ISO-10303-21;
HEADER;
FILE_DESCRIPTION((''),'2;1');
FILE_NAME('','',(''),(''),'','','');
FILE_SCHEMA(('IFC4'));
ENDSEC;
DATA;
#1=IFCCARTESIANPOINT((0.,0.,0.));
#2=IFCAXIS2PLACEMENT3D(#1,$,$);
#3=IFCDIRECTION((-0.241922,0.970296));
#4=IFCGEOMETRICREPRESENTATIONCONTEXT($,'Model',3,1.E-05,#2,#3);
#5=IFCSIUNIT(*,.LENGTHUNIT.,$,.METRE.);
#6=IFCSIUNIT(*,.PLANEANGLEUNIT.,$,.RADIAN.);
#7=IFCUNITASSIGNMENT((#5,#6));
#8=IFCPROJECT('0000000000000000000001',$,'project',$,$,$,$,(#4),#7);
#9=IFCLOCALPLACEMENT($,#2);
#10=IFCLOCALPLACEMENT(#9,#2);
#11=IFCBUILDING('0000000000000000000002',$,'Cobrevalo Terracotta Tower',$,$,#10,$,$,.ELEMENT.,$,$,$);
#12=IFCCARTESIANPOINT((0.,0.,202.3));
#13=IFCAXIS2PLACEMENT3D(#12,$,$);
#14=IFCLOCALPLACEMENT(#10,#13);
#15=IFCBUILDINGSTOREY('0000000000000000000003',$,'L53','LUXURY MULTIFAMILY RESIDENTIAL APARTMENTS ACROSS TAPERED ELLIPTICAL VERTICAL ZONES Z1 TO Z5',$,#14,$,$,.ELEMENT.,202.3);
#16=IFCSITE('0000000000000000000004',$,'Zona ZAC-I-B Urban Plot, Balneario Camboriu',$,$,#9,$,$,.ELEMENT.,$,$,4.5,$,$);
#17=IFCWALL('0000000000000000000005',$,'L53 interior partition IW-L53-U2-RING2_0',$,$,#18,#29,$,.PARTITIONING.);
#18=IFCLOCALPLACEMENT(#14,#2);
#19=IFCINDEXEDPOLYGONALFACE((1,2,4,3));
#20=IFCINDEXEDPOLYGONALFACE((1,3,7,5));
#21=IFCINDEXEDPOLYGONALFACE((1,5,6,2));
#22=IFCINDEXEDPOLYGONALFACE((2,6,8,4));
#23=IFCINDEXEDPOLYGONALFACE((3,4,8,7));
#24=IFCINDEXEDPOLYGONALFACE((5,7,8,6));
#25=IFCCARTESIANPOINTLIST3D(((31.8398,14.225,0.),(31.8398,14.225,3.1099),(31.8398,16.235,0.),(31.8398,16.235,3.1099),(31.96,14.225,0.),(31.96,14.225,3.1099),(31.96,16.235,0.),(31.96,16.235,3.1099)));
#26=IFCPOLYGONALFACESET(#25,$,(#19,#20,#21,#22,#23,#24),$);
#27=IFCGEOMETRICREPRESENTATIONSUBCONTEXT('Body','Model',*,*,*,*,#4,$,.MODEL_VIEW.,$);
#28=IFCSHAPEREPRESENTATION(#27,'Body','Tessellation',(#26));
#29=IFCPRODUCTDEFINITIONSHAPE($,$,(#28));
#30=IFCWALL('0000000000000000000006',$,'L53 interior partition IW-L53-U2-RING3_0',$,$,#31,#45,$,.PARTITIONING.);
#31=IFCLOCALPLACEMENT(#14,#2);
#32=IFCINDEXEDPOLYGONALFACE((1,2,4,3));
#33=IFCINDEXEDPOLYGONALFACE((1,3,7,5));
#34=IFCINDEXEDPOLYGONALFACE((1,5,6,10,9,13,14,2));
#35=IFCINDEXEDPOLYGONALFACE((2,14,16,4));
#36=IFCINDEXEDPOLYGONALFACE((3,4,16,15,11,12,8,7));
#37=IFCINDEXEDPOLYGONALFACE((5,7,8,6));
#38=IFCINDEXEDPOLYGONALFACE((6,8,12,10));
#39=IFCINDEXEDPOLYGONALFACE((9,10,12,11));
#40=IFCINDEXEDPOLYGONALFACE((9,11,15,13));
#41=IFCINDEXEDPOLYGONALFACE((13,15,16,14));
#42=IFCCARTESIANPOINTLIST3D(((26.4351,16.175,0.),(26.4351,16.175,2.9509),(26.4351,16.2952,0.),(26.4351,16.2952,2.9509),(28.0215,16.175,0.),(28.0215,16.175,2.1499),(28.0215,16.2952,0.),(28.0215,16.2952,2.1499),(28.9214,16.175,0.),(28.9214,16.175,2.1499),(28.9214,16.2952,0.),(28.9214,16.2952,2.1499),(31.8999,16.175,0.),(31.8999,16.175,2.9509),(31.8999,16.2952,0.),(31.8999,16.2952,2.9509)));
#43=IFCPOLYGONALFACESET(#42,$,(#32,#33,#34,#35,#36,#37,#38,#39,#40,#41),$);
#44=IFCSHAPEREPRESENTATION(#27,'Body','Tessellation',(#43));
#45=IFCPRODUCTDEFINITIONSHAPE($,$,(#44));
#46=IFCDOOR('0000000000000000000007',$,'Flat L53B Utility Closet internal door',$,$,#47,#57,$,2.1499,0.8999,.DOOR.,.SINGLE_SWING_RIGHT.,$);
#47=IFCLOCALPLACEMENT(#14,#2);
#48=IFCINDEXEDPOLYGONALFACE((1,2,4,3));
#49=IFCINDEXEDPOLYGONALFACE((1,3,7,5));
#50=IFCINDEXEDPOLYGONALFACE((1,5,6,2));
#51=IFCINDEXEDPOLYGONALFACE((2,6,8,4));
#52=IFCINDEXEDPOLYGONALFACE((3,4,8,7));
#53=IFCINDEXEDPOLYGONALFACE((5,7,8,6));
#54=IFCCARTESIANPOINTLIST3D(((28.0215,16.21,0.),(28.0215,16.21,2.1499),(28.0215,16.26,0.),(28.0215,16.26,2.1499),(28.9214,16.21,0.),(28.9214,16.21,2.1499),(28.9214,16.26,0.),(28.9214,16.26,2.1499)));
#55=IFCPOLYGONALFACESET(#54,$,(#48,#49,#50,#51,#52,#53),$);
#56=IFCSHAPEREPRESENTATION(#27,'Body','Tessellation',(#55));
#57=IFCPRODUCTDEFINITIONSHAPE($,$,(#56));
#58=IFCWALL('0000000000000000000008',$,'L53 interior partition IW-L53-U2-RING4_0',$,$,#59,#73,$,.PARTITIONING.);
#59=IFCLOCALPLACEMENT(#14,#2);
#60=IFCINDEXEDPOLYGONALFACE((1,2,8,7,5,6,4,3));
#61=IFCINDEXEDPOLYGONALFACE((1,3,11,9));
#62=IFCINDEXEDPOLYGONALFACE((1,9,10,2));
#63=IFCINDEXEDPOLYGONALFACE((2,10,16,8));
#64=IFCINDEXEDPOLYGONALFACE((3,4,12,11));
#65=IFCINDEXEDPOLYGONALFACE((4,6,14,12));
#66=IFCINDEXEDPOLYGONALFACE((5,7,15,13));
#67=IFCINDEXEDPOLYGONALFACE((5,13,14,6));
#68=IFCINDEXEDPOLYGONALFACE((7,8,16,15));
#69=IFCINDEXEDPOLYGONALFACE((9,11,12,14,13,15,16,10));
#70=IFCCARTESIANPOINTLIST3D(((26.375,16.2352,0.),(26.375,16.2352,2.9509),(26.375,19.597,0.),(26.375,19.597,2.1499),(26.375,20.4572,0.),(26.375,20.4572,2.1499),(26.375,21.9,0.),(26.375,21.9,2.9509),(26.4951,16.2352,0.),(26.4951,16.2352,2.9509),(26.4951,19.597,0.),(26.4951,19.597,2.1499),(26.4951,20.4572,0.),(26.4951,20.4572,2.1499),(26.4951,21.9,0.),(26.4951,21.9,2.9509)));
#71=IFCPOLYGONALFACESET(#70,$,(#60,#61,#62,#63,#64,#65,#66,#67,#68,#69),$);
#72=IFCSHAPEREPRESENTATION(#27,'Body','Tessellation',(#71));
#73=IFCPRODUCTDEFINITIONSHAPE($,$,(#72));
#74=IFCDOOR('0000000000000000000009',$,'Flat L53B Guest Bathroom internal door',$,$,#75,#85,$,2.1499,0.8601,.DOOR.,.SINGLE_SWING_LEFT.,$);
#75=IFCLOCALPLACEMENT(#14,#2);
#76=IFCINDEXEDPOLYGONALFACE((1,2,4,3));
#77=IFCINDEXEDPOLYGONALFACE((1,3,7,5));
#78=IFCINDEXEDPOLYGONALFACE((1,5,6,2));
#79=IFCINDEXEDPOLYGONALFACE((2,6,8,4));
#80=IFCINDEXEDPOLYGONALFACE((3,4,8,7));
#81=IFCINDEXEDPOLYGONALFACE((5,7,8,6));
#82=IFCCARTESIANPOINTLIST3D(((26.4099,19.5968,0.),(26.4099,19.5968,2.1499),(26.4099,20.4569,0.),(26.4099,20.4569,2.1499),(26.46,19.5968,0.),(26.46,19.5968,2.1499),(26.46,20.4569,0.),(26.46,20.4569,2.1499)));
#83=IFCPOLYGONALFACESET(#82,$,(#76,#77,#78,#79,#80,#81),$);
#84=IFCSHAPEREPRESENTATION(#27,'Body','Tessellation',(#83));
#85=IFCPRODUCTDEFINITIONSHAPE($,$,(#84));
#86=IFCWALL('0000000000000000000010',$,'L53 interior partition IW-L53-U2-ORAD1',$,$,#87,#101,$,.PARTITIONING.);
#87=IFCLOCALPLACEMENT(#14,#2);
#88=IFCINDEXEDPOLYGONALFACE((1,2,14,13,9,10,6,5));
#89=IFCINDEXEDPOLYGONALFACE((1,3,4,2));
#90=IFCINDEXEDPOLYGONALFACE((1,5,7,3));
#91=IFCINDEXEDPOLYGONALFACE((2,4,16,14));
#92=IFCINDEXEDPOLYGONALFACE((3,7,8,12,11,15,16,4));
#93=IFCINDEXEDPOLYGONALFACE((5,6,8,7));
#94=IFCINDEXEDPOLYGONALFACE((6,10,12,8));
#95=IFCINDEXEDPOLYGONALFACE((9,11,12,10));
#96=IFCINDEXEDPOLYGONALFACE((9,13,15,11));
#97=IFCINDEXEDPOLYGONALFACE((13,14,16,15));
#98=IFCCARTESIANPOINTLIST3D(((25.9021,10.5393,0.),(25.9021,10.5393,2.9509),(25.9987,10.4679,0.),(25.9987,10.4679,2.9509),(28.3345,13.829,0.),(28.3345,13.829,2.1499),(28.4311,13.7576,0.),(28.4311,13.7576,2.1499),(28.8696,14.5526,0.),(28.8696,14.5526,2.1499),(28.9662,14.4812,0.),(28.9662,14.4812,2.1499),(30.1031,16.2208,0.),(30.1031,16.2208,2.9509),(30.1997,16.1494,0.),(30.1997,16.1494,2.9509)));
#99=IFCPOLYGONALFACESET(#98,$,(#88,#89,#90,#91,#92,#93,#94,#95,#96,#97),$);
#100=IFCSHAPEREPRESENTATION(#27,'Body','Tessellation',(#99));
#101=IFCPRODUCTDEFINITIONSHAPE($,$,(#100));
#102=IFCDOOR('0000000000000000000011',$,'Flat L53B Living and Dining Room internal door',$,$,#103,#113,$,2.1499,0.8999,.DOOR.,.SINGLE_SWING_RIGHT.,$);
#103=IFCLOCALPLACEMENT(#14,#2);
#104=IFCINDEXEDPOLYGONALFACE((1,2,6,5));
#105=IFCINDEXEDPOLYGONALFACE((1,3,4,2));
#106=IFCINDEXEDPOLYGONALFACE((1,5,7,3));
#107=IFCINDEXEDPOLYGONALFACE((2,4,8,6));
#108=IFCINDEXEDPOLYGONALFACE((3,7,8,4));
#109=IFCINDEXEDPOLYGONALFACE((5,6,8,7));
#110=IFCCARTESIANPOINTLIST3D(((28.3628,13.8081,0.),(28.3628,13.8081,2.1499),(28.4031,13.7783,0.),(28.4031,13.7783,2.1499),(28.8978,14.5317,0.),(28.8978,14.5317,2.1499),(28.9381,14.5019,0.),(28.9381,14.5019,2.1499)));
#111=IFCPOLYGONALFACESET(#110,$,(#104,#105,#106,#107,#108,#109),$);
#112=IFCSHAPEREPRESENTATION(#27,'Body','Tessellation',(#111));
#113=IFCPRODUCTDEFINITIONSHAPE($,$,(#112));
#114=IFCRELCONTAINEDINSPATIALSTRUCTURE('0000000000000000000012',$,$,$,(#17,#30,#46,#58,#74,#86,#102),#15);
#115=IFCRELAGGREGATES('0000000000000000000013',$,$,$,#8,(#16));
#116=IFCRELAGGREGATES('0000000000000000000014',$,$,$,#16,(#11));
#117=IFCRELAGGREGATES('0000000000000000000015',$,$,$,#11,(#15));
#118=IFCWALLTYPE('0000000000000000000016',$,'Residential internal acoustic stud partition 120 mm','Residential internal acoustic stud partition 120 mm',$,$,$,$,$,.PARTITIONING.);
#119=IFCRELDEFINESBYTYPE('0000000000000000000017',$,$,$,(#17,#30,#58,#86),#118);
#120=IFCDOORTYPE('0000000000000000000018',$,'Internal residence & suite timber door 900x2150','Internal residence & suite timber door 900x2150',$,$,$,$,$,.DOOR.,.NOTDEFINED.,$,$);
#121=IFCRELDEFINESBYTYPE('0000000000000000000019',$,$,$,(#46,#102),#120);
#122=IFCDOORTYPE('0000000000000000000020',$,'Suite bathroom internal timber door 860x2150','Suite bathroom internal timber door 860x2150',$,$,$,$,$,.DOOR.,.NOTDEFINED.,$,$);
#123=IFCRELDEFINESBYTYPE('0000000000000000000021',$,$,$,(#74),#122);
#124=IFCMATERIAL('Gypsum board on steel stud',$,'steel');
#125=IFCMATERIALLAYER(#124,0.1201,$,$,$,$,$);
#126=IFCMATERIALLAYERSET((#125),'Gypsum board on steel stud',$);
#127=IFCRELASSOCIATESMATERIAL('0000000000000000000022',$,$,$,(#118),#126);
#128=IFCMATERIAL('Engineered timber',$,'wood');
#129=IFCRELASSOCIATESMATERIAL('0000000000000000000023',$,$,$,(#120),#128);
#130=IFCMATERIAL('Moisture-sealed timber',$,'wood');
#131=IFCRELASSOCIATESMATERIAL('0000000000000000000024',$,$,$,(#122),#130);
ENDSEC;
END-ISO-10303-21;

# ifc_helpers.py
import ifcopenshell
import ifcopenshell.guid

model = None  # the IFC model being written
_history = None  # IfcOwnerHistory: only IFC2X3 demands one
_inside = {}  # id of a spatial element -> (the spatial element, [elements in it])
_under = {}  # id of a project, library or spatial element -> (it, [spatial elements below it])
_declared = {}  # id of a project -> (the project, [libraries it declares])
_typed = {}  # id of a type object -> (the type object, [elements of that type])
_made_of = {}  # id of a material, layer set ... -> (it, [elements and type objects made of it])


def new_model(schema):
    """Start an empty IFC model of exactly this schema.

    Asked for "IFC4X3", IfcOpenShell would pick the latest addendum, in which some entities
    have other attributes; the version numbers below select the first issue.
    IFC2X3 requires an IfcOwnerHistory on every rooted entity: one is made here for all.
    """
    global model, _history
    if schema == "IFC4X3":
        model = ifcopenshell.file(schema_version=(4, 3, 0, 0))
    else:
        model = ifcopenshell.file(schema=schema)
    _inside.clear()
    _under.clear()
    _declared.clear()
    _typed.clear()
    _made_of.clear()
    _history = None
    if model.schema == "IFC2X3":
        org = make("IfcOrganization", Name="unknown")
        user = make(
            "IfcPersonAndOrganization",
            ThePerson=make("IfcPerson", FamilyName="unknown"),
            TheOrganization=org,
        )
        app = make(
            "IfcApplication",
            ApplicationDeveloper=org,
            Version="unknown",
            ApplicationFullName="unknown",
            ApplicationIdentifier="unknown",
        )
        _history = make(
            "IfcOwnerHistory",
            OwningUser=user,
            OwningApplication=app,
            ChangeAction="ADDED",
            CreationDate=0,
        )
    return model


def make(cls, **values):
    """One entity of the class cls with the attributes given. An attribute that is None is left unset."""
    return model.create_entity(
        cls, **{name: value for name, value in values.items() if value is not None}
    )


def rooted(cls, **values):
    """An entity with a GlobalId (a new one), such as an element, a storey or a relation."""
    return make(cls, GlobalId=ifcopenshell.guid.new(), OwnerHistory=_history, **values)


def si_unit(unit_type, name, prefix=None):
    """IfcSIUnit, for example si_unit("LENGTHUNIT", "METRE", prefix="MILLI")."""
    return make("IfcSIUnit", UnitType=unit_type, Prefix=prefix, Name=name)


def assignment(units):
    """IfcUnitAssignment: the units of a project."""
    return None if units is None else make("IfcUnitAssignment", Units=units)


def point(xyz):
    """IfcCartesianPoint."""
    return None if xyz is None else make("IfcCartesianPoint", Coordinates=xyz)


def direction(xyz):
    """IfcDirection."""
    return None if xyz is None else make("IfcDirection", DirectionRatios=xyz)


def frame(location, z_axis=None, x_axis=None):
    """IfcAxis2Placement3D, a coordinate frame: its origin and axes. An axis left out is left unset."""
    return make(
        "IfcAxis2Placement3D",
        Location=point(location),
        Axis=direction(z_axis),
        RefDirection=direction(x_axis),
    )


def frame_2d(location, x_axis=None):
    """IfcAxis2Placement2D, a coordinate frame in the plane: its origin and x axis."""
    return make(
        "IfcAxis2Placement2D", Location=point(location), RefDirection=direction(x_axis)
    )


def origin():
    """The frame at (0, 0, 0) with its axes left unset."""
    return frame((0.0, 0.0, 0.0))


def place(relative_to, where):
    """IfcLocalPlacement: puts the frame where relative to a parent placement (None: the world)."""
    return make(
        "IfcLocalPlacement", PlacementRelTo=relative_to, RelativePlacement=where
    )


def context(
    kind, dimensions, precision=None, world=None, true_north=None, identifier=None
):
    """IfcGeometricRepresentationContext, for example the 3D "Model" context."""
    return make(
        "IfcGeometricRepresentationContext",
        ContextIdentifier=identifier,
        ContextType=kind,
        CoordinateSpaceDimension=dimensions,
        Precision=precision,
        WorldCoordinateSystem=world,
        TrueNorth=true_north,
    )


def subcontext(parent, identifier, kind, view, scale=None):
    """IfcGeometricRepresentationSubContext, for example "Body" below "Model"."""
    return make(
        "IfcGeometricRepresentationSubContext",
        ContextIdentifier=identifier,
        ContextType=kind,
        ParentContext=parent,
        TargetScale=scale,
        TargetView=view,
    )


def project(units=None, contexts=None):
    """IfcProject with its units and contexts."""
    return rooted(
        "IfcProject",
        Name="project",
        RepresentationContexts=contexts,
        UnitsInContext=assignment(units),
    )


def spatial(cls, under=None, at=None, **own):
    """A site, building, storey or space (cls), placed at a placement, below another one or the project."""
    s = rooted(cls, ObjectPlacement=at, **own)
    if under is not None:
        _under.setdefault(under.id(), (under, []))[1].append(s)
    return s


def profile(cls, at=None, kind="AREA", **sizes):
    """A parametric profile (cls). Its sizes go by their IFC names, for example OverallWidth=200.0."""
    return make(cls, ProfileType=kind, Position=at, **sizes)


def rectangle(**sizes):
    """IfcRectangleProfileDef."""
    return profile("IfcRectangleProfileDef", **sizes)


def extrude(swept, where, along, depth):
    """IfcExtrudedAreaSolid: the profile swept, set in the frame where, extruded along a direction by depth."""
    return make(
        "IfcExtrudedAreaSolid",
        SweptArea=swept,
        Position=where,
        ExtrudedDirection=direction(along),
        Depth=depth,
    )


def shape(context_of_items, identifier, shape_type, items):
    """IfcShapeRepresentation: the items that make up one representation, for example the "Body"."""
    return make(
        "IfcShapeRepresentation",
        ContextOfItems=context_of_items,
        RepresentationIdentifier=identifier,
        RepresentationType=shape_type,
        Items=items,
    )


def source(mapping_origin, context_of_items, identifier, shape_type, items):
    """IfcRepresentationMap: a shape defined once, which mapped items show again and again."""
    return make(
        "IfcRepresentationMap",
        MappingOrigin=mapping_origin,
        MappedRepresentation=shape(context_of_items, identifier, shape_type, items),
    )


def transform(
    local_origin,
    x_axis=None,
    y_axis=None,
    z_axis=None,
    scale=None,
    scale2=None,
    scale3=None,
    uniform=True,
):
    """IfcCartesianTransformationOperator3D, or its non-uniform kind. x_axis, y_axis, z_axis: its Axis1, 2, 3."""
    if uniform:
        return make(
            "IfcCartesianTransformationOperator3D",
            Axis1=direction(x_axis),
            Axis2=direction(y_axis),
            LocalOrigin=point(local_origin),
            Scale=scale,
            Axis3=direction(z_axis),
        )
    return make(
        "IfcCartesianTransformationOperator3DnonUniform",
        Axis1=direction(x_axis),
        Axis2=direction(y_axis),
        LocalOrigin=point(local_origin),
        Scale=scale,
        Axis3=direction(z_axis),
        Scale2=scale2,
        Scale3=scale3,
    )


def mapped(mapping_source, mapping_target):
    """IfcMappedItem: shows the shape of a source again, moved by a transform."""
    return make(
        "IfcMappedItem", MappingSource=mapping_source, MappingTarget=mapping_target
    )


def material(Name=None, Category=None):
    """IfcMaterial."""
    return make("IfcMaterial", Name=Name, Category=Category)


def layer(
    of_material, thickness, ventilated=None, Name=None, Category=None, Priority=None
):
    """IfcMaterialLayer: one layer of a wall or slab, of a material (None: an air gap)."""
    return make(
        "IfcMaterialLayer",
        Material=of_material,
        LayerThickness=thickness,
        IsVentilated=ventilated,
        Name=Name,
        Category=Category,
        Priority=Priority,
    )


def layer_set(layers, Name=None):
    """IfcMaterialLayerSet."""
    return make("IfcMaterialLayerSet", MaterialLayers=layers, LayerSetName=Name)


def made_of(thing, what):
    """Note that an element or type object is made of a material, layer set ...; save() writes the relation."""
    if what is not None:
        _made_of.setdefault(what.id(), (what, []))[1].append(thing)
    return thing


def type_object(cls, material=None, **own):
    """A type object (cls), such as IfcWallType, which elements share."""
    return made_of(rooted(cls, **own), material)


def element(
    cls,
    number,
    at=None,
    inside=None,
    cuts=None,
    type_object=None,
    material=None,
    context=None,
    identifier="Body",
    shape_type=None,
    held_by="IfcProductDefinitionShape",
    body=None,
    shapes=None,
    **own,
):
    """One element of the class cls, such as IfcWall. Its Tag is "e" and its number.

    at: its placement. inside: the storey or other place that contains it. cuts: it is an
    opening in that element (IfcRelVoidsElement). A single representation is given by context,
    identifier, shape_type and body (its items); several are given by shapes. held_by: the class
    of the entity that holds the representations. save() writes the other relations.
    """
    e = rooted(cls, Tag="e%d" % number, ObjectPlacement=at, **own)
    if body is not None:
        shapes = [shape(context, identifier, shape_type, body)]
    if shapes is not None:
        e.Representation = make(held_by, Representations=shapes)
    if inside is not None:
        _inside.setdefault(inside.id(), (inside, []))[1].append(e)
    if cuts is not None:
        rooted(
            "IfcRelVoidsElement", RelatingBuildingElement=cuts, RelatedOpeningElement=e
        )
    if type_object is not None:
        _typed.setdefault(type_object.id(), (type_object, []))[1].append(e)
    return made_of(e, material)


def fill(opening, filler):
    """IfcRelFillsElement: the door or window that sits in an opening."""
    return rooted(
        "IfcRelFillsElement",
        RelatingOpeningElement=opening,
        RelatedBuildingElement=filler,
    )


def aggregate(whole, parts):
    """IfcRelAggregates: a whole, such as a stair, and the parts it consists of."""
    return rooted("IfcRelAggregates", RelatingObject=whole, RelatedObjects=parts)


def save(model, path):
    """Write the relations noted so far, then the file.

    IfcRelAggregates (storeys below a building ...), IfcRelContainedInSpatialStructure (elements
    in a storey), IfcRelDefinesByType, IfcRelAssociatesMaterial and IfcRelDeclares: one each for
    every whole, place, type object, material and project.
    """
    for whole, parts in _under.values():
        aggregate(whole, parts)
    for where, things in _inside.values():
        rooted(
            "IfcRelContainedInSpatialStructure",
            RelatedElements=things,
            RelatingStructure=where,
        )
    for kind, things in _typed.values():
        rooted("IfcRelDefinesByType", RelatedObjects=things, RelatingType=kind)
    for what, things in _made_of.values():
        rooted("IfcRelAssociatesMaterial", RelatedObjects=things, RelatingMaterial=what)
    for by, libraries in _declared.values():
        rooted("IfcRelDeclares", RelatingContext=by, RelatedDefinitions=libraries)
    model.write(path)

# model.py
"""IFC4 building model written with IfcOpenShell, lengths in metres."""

from ifc_helpers import new_model, si_unit, direction, frame, frame_2d, origin, place, context, subcontext, project, spatial, rectangle, extrude, source, transform, mapped, material, layer, layer_set, type_object, element, fill, save


model = new_model("IFC4")

# Units and contexts
model_context = context("Model", 3, precision=1e-05, world=origin(), true_north=direction((-0.241922, 0.970296)))
body_context = subcontext(model_context, "Body", "Model", "MODEL_VIEW")
ifc_project = project(units=[si_unit("LENGTHUNIT", "METRE"), si_unit("PLANEANGLEUNIT", "RADIAN")], contexts=[model_context])

# Site, building, storey
site_placement = place(None, origin())
site = spatial("IfcSite", under=ifc_project, at=site_placement, Name="Zona ZAC-I-B Urban Plot, Balneario Camboriu", CompositionType="ELEMENT", RefElevation=4.5)
building_placement = place(site_placement, origin())
building = spatial("IfcBuilding", under=site, at=building_placement, Name="Cobrevalo Terracotta Tower", CompositionType="ELEMENT")
storey_placement = place(building_placement, frame((0.0, 0.0, 202.3)))
storey = spatial("IfcBuildingStorey", under=building, at=storey_placement, Name="L53", Description="LUXURY MULTIFAMILY RESIDENTIAL APARTMENTS ACROSS TAPERED ELLIPTICAL VERTICAL ZONES Z1 TO Z5", CompositionType="ELEMENT", Elevation=202.3)

# Wall
ifc_material_1 = material(Name="Gypsum board on steel stud", Category="steel")
ifc_layer_1 = layer(ifc_material_1, 0.1201)
ifc_layer_set_1 = layer_set([ifc_layer_1], Name="Gypsum board on steel stud")
wall_type_1 = type_object("IfcWallType", Name="Residential internal acoustic stud partition 120 mm", Description="Residential internal acoustic stud partition 120 mm", PredefinedType="PARTITIONING", material=ifc_layer_set_1)
wall_1_placement = place(storey_placement, frame((31.8999, 14.2251, 0.0), z_axis=(0.0, 0.0, 1.0), x_axis=(0.0, 1.0, 0.0)))
element("IfcWall", 1, at=wall_1_placement, inside=storey, type_object=wall_type_1, Name="L53 interior partition IW-L53-U2-RING2_0", PredefinedType="PARTITIONING", context=body_context, shape_type="SweptSolid", body=[
    extrude(rectangle(XDim=2.01, YDim=0.1201, at=frame_2d((1.0049, 0.0))), origin(), (0.0, 0.0, 1.0), 3.1099),
])

# Walls, openings, doors
wall_2_placement = place(storey_placement, frame((31.8999, 16.2351, 0.0), z_axis=(0.0, 0.0, 1.0), x_axis=(-1.0, 0.0, 0.0)))
wall_2 = element("IfcWall", 2, at=wall_2_placement, inside=storey, type_object=wall_type_1, Name="L53 interior partition IW-L53-U2-RING3_0", PredefinedType="PARTITIONING", context=body_context, shape_type="SweptSolid", body=[
    extrude(rectangle(XDim=5.4648, YDim=0.1201, at=frame_2d((2.7324, 0.0))), origin(), (0.0, 0.0, 1.0), 2.9509),
])
opening_1_placement = place(wall_2_placement, frame((2.9785, 0.0, 0.0)))
opening_1 = element("IfcOpeningElement", 3, at=opening_1_placement, cuts=wall_2, PredefinedType="OPENING", context=body_context, shape_type="SweptSolid", body=[
    extrude(rectangle(XDim=0.8999, YDim=2.1499, at=frame_2d((0.45, 1.075))), frame((0.0, 0.0701, 0.0), z_axis=(0.0, -1.0, 0.0), x_axis=(1.0, 0.0, 0.0)), (0.0, 0.0, 1.0), 0.1401),
])
ifc_material_2 = material(Name="Engineered timber", Category="wood")
door_type_1 = type_object("IfcDoorType", Name="Internal residence & suite timber door 900x2150", Description="Internal residence & suite timber door 900x2150", OperationType="NOTDEFINED", PredefinedType="DOOR", material=ifc_material_2)
shared_shape_1 = source(origin(), body_context, "Body", "SweptSolid", [
    extrude(rectangle(XDim=0.8999, YDim=2.1499, at=frame_2d((0.45, 1.075))), frame((0.0, 0.0249, 0.0), z_axis=(0.0, -1.0, 0.0), x_axis=(1.0, 0.0, 0.0)), (0.0, 0.0, 1.0), 0.05),
])
door_1_placement = place(opening_1_placement, frame((0.8999, 0.0, 0.0), z_axis=(0.0, 0.0, 1.0), x_axis=(-1.0, 0.0, 0.0)))
door_1 = element("IfcDoor", 4, at=door_1_placement, inside=storey, type_object=door_type_1, Name="Flat L53B Utility Closet internal door", OperationType="SINGLE_SWING_RIGHT", OverallHeight=2.1499, OverallWidth=0.8999, PredefinedType="DOOR", context=body_context, shape_type="MappedRepresentation", body=[
    mapped(shared_shape_1, transform((0.0, 0.0, 0.0), scale=1.0)),
])
fill(opening_1, door_1)
wall_3_placement = place(storey_placement, frame((26.4351, 16.2351, 0.0), z_axis=(0.0, 0.0, 1.0), x_axis=(0.0, 1.0, 0.0)))
wall_3 = element("IfcWall", 5, at=wall_3_placement, inside=storey, type_object=wall_type_1, Name="L53 interior partition IW-L53-U2-RING4_0", PredefinedType="PARTITIONING", context=body_context, shape_type="SweptSolid", body=[
    extrude(rectangle(XDim=5.6648, YDim=0.1201, at=frame_2d((2.8325, 0.0))), origin(), (0.0, 0.0, 1.0), 2.9509),
])
opening_2_placement = place(wall_3_placement, frame((3.3618, 0.0, 0.0)))
opening_2 = element("IfcOpeningElement", 6, at=opening_2_placement, cuts=wall_3, PredefinedType="OPENING", context=body_context, shape_type="SweptSolid", body=[
    extrude(rectangle(XDim=0.8601, YDim=2.1499, at=frame_2d((0.4302, 1.075))), frame((0.0, 0.0701, 0.0), z_axis=(0.0, -1.0, 0.0), x_axis=(1.0, 0.0, 0.0)), (0.0, 0.0, 1.0), 0.1401),
])
ifc_material_3 = material(Name="Moisture-sealed timber", Category="wood")
door_type_2 = type_object("IfcDoorType", Name="Suite bathroom internal timber door 860x2150", Description="Suite bathroom internal timber door 860x2150", OperationType="NOTDEFINED", PredefinedType="DOOR", material=ifc_material_3)
shared_shape_2 = source(origin(), body_context, "Body", "SweptSolid", [
    extrude(rectangle(XDim=0.8601, YDim=2.1499, at=frame_2d((0.4302, 1.075))), frame((0.0, 0.0249, 0.0), z_axis=(0.0, -1.0, 0.0), x_axis=(1.0, 0.0, 0.0)), (0.0, 0.0, 1.0), 0.05),
])
door_2_placement = place(opening_2_placement, frame((0.8601, 0.0, 0.0), z_axis=(0.0, 0.0, 1.0), x_axis=(-1.0, 0.0, 0.0)))
door_2 = element("IfcDoor", 7, at=door_2_placement, inside=storey, type_object=door_type_2, Name="Flat L53B Guest Bathroom internal door", OperationType="SINGLE_SWING_LEFT", OverallHeight=2.1499, OverallWidth=0.8601, PredefinedType="DOOR", context=body_context, shape_type="MappedRepresentation", body=[
    mapped(shared_shape_2, transform((0.0, 0.0, 0.0), scale=1.0)),
])
fill(opening_2, door_2)
wall_4_placement = place(storey_placement, frame((30.1514, 16.1851, 0.0), z_axis=(0.0, 0.0, 1.0), x_axis=(-0.594541, -0.804066, 0.0)))
wall_4 = element("IfcWall", 8, at=wall_4_placement, inside=storey, type_object=wall_type_1, Name="L53 interior partition IW-L53-U2-ORAD1", PredefinedType="PARTITIONING", context=body_context, shape_type="SweptSolid", body=[
    extrude(rectangle(XDim=7.0659, YDim=0.1201, at=frame_2d((3.533, 0.0))), origin(), (0.0, 0.0, 1.0), 2.9509),
])
opening_3_placement = place(wall_4_placement, frame((2.0747, 0.0, 0.0)))
opening_3 = element("IfcOpeningElement", 9, at=opening_3_placement, cuts=wall_4, PredefinedType="OPENING", context=body_context, shape_type="SweptSolid", body=[
    extrude(rectangle(XDim=0.8999, YDim=2.1499, at=frame_2d((0.45, 1.075))), frame((0.0, 0.0701, 0.0), z_axis=(0.0, -1.0, 0.0), x_axis=(1.0, 0.0, 0.0)), (0.0, 0.0, 1.0), 0.1401),
])
door_3_placement = place(opening_3_placement, frame((0.8999, 0.0, 0.0), z_axis=(0.0, 0.0, 1.0), x_axis=(-1.0, 0.0, 0.0)))
door_3 = element("IfcDoor", 10, at=door_3_placement, inside=storey, type_object=door_type_1, Name="Flat L53B Living and Dining Room internal door", OperationType="SINGLE_SWING_RIGHT", OverallHeight=2.1499, OverallWidth=0.8999, PredefinedType="DOOR", context=body_context, shape_type="MappedRepresentation", body=[
    mapped(shared_shape_1, transform((0.0, 0.0, 0.0), scale=1.0)),
])
fill(opening_3, door_3)

save(model, "model.ifc")
